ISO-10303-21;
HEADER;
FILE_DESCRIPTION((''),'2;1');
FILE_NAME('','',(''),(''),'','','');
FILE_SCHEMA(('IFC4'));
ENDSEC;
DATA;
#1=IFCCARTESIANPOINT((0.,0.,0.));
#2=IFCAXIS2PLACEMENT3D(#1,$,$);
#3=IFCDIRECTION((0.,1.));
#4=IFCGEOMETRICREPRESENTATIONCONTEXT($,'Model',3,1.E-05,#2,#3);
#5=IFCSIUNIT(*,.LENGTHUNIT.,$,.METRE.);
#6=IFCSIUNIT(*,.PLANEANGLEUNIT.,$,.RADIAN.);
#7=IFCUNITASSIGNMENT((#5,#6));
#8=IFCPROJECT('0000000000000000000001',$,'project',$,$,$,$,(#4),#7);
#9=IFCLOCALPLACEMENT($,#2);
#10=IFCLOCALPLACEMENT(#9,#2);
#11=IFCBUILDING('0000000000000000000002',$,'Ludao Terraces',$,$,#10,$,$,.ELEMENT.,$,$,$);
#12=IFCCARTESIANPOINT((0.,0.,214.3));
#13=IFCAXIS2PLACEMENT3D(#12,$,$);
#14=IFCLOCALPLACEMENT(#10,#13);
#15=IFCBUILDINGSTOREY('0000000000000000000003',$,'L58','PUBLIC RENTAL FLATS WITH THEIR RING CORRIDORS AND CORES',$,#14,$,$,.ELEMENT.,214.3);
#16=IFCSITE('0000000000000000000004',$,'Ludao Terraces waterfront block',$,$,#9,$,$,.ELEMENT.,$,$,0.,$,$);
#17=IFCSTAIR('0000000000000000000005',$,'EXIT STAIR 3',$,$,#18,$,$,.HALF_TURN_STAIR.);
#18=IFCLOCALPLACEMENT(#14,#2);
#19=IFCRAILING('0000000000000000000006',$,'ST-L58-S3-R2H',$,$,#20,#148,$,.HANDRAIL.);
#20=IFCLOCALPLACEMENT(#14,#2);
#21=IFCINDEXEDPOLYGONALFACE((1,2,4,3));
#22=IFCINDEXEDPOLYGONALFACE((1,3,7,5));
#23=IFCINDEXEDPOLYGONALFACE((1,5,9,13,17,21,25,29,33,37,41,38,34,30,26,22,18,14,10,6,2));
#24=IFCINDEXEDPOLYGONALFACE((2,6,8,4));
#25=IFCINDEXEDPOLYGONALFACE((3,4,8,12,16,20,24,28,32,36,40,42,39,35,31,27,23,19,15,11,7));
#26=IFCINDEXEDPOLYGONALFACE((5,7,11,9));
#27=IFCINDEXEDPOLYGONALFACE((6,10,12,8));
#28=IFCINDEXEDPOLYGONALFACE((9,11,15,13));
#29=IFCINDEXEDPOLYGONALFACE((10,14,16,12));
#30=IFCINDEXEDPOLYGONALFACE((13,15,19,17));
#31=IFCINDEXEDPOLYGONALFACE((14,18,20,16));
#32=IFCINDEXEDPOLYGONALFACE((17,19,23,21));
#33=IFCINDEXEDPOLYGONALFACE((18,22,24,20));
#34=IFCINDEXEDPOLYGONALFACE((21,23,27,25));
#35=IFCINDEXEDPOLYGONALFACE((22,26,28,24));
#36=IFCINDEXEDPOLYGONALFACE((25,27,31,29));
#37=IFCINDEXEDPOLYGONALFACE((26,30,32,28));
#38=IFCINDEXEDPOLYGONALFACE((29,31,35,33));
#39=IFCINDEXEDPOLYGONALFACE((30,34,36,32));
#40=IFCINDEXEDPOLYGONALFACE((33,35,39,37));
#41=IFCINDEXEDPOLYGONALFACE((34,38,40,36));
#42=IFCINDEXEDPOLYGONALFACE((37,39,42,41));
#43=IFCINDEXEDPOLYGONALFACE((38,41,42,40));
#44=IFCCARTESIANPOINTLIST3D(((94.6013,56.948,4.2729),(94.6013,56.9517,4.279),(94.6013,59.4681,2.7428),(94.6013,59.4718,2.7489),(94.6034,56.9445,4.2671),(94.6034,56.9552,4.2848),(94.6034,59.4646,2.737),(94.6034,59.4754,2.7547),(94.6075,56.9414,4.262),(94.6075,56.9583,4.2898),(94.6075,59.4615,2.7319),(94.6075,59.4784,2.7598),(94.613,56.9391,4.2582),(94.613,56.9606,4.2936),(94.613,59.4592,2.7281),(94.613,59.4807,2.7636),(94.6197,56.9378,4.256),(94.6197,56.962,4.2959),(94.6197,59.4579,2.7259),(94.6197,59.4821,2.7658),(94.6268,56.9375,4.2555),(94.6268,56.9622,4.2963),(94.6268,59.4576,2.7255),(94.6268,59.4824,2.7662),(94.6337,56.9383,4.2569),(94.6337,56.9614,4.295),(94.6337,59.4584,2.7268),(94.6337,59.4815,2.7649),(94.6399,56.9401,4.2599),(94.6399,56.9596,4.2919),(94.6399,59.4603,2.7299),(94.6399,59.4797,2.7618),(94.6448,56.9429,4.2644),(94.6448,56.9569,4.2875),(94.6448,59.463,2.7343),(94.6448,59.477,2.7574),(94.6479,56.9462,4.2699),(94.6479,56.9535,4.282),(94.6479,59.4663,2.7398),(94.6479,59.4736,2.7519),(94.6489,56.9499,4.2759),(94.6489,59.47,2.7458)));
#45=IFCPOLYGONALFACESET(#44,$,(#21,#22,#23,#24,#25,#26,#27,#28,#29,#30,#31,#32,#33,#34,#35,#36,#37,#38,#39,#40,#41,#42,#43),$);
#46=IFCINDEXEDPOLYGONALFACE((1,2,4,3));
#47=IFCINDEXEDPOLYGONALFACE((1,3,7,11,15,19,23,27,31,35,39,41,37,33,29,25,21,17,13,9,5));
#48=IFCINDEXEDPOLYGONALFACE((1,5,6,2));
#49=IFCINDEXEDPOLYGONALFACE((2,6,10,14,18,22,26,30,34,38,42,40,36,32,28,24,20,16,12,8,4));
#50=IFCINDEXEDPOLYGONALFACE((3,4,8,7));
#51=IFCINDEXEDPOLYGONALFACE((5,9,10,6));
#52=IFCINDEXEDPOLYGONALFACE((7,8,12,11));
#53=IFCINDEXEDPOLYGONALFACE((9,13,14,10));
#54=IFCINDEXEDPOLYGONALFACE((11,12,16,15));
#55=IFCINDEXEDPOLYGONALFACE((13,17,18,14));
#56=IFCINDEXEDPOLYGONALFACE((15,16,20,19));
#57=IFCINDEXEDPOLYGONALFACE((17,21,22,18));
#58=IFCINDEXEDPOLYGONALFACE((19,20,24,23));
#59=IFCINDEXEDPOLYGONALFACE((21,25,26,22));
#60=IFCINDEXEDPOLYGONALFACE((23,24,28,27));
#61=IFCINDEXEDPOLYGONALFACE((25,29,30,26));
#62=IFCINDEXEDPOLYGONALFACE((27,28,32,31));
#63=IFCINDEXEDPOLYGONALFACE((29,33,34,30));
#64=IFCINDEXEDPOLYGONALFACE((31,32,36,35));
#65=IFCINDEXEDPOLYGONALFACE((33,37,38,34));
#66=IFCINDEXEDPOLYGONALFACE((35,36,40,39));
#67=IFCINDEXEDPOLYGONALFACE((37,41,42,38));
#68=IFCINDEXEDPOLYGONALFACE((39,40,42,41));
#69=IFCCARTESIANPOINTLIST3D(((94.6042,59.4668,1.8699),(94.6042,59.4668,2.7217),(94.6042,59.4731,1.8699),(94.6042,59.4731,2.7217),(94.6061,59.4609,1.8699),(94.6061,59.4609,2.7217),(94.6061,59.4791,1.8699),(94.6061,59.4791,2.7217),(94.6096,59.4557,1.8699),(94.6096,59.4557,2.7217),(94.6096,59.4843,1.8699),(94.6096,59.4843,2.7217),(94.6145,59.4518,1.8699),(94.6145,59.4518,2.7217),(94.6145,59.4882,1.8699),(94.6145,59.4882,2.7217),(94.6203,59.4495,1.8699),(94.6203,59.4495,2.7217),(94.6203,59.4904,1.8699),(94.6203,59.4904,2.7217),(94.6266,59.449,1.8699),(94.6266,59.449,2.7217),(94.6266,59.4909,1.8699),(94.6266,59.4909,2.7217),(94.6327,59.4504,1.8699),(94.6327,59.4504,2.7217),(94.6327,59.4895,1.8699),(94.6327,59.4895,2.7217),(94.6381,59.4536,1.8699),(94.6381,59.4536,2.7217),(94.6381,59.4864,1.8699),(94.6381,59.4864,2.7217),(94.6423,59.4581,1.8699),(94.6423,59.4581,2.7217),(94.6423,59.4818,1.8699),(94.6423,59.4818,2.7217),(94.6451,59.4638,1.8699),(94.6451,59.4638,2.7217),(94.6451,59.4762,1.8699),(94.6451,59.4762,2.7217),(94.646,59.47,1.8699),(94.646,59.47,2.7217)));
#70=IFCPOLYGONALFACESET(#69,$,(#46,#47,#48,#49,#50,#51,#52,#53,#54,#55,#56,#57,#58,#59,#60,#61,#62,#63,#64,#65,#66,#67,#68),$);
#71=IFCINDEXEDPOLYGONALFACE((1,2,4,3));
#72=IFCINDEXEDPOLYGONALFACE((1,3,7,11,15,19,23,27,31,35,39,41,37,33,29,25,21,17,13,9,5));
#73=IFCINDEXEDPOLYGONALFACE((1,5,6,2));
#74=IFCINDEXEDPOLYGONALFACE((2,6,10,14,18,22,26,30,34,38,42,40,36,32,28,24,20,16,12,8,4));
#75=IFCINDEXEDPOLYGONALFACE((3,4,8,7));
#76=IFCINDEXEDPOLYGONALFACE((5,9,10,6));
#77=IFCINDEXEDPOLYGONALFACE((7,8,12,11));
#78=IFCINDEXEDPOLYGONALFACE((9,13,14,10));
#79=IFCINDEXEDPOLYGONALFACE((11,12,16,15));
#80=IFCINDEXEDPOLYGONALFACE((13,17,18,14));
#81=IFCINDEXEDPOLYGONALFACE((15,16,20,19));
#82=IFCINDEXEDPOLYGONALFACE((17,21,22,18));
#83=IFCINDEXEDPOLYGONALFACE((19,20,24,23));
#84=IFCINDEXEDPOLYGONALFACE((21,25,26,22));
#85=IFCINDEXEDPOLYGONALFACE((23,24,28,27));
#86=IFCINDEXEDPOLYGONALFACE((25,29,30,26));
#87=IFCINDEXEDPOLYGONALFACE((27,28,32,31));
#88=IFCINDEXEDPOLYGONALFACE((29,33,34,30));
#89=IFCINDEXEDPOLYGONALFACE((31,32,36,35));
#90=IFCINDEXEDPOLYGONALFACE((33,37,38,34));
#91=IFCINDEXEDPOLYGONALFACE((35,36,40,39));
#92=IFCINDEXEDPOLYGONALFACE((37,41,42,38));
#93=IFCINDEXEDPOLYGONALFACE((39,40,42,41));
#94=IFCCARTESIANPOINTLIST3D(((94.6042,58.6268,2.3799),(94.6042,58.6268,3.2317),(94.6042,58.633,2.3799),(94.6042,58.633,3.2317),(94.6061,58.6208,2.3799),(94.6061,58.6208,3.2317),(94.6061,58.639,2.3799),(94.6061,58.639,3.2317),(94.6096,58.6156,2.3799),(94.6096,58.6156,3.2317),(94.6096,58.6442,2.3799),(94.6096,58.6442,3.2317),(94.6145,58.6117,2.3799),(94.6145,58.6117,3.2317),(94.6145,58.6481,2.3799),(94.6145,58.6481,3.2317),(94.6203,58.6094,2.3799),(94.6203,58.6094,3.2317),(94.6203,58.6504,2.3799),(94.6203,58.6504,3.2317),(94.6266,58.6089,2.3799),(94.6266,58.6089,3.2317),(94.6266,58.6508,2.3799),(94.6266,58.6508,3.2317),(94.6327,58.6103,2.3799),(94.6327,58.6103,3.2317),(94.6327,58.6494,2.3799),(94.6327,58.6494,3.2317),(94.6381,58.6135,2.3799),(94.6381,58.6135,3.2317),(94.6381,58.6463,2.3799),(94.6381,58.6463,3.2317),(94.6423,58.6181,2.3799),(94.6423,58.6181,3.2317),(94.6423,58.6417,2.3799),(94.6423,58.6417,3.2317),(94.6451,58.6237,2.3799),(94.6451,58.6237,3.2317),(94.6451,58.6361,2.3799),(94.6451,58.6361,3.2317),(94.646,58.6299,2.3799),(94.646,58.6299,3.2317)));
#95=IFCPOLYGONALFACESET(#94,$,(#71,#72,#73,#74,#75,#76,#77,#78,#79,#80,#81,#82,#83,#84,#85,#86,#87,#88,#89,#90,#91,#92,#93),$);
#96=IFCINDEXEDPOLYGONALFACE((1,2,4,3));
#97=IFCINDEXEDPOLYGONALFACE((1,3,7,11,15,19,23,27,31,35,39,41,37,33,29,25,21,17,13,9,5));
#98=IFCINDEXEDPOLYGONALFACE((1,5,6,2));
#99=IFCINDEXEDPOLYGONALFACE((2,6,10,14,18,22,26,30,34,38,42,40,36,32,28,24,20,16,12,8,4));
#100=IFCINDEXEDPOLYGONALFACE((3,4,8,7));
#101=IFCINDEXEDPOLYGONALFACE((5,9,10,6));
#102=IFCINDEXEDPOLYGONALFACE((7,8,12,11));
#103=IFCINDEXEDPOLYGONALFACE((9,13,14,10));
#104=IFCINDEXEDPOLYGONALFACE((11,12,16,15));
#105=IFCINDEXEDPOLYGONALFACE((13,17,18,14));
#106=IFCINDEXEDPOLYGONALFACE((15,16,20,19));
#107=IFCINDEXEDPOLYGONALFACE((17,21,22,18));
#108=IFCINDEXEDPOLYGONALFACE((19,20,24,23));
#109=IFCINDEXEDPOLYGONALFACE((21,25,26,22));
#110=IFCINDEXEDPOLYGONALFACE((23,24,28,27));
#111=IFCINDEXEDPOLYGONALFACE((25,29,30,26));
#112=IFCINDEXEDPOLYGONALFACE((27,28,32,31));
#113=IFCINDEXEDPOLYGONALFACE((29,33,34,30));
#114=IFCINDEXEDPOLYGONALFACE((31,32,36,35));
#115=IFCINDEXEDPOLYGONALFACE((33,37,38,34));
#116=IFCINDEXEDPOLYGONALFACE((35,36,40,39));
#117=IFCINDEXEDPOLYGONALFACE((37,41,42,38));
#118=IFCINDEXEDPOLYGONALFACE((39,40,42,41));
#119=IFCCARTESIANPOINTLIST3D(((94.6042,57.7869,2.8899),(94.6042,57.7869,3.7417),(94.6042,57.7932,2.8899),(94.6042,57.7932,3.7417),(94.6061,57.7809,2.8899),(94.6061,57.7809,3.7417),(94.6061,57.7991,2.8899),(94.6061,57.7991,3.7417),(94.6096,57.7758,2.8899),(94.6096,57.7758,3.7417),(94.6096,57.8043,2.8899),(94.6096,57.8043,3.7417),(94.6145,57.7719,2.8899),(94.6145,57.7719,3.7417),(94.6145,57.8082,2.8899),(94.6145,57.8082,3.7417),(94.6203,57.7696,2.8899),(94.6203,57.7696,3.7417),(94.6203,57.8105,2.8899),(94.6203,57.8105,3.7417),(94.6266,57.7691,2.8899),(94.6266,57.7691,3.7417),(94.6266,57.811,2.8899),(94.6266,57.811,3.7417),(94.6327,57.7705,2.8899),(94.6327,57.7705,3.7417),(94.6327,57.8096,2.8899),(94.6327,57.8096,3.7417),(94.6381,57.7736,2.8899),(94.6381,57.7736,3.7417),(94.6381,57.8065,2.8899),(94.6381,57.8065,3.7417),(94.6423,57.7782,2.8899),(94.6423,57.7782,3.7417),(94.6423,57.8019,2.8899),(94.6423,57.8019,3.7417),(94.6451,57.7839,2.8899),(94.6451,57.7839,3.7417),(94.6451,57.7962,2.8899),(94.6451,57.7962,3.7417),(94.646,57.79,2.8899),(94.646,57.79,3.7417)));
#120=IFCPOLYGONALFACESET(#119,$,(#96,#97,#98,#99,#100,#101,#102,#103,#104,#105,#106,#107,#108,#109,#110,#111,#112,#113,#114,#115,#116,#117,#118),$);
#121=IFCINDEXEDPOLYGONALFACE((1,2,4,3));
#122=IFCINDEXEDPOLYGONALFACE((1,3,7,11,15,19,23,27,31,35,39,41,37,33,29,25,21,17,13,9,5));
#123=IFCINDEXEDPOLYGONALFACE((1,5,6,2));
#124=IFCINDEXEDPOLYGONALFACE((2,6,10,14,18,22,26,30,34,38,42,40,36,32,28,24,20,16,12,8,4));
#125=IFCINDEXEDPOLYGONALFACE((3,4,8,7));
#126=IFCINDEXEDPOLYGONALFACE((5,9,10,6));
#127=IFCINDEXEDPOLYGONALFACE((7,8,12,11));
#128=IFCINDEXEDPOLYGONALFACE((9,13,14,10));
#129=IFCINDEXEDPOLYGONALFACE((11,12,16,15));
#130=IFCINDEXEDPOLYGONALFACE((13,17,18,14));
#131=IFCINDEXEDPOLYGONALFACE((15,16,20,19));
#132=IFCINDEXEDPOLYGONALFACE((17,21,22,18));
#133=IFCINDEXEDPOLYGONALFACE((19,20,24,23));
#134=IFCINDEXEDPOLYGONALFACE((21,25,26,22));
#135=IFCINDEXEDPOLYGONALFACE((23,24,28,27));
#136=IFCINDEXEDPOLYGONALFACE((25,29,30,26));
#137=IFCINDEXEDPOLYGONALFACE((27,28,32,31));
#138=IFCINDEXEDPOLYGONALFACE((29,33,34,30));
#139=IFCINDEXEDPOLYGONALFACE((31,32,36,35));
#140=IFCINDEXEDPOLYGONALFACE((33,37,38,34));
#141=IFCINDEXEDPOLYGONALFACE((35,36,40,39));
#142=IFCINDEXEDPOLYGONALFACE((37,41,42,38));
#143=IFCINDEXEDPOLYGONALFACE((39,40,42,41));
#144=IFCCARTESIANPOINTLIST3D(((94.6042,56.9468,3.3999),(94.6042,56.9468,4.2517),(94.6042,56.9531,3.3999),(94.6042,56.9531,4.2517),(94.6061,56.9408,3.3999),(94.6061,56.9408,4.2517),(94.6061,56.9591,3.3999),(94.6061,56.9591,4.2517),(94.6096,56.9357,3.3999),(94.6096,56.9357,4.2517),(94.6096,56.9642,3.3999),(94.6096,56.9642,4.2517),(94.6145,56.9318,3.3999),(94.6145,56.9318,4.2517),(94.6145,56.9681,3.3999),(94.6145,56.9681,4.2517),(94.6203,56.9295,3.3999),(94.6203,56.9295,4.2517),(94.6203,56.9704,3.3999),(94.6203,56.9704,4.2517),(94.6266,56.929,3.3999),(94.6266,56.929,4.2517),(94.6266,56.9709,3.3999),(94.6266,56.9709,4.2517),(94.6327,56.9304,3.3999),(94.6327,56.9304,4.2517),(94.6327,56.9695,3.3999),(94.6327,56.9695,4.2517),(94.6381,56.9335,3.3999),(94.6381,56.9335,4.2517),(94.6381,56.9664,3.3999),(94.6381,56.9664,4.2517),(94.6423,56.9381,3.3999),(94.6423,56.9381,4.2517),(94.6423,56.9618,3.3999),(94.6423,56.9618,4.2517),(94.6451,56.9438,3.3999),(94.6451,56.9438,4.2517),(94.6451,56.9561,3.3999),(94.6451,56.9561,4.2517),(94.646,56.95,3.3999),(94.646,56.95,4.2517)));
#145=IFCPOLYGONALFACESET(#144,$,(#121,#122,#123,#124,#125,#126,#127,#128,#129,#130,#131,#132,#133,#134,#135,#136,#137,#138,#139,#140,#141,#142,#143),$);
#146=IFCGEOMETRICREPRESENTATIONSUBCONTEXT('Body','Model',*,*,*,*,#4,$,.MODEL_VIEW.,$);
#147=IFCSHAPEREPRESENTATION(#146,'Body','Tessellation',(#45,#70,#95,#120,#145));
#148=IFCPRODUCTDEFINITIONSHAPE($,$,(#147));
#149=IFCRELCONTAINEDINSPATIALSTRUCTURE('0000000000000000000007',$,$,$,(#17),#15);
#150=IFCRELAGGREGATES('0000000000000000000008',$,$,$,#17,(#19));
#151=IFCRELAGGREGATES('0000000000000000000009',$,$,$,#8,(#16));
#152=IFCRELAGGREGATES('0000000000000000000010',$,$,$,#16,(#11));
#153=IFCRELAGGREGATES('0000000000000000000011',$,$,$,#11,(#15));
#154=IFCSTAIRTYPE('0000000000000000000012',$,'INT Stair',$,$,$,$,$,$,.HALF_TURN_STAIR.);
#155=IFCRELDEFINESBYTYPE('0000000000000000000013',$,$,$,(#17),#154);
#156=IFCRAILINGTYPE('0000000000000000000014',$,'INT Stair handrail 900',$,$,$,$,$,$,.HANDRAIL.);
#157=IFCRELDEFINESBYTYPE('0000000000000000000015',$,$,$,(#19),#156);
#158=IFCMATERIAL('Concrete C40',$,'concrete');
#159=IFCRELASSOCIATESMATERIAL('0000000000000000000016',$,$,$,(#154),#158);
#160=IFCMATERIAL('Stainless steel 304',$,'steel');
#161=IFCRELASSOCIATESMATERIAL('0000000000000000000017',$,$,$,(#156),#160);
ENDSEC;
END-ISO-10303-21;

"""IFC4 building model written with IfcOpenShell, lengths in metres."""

from ifc_helpers import new_model, si_unit, direction, frame, origin, origin_2d, place, context, subcontext, project, spatial, circle, extrude, material, type_object, element, aggregate, save


model = new_model("IFC4")

# Units and contexts
model_context = context("Model", 3, precision=1e-05, world=origin(), true_north=direction((0.0, 1.0)))
body_context = subcontext(model_context, "Body", "Model", "MODEL_VIEW")
ifc_project = project(units=[si_unit("LENGTHUNIT", "METRE"), si_unit("PLANEANGLEUNIT", "RADIAN")], contexts=[model_context])

# Site, building, storey
site_placement = place(None, origin())
site = spatial("IfcSite", under=ifc_project, at=site_placement, Name="Ludao Terraces waterfront block", CompositionType="ELEMENT", RefElevation=0.0)
building_placement = place(site_placement, origin())
building = spatial("IfcBuilding", under=site, at=building_placement, Name="Ludao Terraces", CompositionType="ELEMENT")
storey_placement = place(building_placement, frame((0.0, 0.0, 214.3)))
storey = spatial("IfcBuildingStorey", under=building, at=storey_placement, Name="L58", Description="PUBLIC RENTAL FLATS WITH THEIR RING CORRIDORS AND CORES", CompositionType="ELEMENT", Elevation=214.3)

# Shared definitions
ifc_material_1 = material(Name="Concrete C40", Category="concrete")

# Stair, railing
stair_type = type_object("IfcStairType", Name="INT Stair", PredefinedType="HALF_TURN_STAIR", material=ifc_material_1)
stair_placement = place(storey_placement, origin())
stair = element("IfcStair", 1, at=stair_placement, inside=storey, type_object=stair_type, Name="EXIT STAIR 3", PredefinedType="HALF_TURN_STAIR")
ifc_material_2 = material(Name="Stainless steel 304", Category="steel")
railing_type_1 = type_object("IfcRailingType", Name="INT Stair handrail 900", PredefinedType="HANDRAIL", material=ifc_material_2)
railing_1_placement = place(storey_placement, frame((94.625, 59.47, 1.8699)))
railing_1 = element("IfcRailing", 2, at=railing_1_placement, type_object=railing_type_1, Name="ST-L58-S3-R2H", PredefinedType="HANDRAIL", context=body_context, shape_type="SweptSolid", body=[
    extrude(circle(Radius=0.0239, at=origin_2d()), frame((0.0, 0.0, 0.876), z_axis=(0.0, -0.854785, 0.518982), x_axis=(1.0, 0.0, 0.0)), (0.0, 0.0, 1.0), 2.9482),
    extrude(circle(Radius=0.021, at=origin_2d()), origin(), (0.0, 0.0, 1.0), 0.8518),
    extrude(circle(Radius=0.021, at=origin_2d()), frame((0.0, -0.8401, 0.51)), (0.0, 0.0, 1.0), 0.8518),
    extrude(circle(Radius=0.021, at=origin_2d()), frame((0.0, -1.6799, 1.02)), (0.0, 0.0, 1.0), 0.8518),
    extrude(circle(Radius=0.021, at=origin_2d()), frame((0.0, -2.52, 1.53)), (0.0, 0.0, 1.0), 0.8518),
])
aggregate(stair, [railing_1])

save(model, "model.ifc")
